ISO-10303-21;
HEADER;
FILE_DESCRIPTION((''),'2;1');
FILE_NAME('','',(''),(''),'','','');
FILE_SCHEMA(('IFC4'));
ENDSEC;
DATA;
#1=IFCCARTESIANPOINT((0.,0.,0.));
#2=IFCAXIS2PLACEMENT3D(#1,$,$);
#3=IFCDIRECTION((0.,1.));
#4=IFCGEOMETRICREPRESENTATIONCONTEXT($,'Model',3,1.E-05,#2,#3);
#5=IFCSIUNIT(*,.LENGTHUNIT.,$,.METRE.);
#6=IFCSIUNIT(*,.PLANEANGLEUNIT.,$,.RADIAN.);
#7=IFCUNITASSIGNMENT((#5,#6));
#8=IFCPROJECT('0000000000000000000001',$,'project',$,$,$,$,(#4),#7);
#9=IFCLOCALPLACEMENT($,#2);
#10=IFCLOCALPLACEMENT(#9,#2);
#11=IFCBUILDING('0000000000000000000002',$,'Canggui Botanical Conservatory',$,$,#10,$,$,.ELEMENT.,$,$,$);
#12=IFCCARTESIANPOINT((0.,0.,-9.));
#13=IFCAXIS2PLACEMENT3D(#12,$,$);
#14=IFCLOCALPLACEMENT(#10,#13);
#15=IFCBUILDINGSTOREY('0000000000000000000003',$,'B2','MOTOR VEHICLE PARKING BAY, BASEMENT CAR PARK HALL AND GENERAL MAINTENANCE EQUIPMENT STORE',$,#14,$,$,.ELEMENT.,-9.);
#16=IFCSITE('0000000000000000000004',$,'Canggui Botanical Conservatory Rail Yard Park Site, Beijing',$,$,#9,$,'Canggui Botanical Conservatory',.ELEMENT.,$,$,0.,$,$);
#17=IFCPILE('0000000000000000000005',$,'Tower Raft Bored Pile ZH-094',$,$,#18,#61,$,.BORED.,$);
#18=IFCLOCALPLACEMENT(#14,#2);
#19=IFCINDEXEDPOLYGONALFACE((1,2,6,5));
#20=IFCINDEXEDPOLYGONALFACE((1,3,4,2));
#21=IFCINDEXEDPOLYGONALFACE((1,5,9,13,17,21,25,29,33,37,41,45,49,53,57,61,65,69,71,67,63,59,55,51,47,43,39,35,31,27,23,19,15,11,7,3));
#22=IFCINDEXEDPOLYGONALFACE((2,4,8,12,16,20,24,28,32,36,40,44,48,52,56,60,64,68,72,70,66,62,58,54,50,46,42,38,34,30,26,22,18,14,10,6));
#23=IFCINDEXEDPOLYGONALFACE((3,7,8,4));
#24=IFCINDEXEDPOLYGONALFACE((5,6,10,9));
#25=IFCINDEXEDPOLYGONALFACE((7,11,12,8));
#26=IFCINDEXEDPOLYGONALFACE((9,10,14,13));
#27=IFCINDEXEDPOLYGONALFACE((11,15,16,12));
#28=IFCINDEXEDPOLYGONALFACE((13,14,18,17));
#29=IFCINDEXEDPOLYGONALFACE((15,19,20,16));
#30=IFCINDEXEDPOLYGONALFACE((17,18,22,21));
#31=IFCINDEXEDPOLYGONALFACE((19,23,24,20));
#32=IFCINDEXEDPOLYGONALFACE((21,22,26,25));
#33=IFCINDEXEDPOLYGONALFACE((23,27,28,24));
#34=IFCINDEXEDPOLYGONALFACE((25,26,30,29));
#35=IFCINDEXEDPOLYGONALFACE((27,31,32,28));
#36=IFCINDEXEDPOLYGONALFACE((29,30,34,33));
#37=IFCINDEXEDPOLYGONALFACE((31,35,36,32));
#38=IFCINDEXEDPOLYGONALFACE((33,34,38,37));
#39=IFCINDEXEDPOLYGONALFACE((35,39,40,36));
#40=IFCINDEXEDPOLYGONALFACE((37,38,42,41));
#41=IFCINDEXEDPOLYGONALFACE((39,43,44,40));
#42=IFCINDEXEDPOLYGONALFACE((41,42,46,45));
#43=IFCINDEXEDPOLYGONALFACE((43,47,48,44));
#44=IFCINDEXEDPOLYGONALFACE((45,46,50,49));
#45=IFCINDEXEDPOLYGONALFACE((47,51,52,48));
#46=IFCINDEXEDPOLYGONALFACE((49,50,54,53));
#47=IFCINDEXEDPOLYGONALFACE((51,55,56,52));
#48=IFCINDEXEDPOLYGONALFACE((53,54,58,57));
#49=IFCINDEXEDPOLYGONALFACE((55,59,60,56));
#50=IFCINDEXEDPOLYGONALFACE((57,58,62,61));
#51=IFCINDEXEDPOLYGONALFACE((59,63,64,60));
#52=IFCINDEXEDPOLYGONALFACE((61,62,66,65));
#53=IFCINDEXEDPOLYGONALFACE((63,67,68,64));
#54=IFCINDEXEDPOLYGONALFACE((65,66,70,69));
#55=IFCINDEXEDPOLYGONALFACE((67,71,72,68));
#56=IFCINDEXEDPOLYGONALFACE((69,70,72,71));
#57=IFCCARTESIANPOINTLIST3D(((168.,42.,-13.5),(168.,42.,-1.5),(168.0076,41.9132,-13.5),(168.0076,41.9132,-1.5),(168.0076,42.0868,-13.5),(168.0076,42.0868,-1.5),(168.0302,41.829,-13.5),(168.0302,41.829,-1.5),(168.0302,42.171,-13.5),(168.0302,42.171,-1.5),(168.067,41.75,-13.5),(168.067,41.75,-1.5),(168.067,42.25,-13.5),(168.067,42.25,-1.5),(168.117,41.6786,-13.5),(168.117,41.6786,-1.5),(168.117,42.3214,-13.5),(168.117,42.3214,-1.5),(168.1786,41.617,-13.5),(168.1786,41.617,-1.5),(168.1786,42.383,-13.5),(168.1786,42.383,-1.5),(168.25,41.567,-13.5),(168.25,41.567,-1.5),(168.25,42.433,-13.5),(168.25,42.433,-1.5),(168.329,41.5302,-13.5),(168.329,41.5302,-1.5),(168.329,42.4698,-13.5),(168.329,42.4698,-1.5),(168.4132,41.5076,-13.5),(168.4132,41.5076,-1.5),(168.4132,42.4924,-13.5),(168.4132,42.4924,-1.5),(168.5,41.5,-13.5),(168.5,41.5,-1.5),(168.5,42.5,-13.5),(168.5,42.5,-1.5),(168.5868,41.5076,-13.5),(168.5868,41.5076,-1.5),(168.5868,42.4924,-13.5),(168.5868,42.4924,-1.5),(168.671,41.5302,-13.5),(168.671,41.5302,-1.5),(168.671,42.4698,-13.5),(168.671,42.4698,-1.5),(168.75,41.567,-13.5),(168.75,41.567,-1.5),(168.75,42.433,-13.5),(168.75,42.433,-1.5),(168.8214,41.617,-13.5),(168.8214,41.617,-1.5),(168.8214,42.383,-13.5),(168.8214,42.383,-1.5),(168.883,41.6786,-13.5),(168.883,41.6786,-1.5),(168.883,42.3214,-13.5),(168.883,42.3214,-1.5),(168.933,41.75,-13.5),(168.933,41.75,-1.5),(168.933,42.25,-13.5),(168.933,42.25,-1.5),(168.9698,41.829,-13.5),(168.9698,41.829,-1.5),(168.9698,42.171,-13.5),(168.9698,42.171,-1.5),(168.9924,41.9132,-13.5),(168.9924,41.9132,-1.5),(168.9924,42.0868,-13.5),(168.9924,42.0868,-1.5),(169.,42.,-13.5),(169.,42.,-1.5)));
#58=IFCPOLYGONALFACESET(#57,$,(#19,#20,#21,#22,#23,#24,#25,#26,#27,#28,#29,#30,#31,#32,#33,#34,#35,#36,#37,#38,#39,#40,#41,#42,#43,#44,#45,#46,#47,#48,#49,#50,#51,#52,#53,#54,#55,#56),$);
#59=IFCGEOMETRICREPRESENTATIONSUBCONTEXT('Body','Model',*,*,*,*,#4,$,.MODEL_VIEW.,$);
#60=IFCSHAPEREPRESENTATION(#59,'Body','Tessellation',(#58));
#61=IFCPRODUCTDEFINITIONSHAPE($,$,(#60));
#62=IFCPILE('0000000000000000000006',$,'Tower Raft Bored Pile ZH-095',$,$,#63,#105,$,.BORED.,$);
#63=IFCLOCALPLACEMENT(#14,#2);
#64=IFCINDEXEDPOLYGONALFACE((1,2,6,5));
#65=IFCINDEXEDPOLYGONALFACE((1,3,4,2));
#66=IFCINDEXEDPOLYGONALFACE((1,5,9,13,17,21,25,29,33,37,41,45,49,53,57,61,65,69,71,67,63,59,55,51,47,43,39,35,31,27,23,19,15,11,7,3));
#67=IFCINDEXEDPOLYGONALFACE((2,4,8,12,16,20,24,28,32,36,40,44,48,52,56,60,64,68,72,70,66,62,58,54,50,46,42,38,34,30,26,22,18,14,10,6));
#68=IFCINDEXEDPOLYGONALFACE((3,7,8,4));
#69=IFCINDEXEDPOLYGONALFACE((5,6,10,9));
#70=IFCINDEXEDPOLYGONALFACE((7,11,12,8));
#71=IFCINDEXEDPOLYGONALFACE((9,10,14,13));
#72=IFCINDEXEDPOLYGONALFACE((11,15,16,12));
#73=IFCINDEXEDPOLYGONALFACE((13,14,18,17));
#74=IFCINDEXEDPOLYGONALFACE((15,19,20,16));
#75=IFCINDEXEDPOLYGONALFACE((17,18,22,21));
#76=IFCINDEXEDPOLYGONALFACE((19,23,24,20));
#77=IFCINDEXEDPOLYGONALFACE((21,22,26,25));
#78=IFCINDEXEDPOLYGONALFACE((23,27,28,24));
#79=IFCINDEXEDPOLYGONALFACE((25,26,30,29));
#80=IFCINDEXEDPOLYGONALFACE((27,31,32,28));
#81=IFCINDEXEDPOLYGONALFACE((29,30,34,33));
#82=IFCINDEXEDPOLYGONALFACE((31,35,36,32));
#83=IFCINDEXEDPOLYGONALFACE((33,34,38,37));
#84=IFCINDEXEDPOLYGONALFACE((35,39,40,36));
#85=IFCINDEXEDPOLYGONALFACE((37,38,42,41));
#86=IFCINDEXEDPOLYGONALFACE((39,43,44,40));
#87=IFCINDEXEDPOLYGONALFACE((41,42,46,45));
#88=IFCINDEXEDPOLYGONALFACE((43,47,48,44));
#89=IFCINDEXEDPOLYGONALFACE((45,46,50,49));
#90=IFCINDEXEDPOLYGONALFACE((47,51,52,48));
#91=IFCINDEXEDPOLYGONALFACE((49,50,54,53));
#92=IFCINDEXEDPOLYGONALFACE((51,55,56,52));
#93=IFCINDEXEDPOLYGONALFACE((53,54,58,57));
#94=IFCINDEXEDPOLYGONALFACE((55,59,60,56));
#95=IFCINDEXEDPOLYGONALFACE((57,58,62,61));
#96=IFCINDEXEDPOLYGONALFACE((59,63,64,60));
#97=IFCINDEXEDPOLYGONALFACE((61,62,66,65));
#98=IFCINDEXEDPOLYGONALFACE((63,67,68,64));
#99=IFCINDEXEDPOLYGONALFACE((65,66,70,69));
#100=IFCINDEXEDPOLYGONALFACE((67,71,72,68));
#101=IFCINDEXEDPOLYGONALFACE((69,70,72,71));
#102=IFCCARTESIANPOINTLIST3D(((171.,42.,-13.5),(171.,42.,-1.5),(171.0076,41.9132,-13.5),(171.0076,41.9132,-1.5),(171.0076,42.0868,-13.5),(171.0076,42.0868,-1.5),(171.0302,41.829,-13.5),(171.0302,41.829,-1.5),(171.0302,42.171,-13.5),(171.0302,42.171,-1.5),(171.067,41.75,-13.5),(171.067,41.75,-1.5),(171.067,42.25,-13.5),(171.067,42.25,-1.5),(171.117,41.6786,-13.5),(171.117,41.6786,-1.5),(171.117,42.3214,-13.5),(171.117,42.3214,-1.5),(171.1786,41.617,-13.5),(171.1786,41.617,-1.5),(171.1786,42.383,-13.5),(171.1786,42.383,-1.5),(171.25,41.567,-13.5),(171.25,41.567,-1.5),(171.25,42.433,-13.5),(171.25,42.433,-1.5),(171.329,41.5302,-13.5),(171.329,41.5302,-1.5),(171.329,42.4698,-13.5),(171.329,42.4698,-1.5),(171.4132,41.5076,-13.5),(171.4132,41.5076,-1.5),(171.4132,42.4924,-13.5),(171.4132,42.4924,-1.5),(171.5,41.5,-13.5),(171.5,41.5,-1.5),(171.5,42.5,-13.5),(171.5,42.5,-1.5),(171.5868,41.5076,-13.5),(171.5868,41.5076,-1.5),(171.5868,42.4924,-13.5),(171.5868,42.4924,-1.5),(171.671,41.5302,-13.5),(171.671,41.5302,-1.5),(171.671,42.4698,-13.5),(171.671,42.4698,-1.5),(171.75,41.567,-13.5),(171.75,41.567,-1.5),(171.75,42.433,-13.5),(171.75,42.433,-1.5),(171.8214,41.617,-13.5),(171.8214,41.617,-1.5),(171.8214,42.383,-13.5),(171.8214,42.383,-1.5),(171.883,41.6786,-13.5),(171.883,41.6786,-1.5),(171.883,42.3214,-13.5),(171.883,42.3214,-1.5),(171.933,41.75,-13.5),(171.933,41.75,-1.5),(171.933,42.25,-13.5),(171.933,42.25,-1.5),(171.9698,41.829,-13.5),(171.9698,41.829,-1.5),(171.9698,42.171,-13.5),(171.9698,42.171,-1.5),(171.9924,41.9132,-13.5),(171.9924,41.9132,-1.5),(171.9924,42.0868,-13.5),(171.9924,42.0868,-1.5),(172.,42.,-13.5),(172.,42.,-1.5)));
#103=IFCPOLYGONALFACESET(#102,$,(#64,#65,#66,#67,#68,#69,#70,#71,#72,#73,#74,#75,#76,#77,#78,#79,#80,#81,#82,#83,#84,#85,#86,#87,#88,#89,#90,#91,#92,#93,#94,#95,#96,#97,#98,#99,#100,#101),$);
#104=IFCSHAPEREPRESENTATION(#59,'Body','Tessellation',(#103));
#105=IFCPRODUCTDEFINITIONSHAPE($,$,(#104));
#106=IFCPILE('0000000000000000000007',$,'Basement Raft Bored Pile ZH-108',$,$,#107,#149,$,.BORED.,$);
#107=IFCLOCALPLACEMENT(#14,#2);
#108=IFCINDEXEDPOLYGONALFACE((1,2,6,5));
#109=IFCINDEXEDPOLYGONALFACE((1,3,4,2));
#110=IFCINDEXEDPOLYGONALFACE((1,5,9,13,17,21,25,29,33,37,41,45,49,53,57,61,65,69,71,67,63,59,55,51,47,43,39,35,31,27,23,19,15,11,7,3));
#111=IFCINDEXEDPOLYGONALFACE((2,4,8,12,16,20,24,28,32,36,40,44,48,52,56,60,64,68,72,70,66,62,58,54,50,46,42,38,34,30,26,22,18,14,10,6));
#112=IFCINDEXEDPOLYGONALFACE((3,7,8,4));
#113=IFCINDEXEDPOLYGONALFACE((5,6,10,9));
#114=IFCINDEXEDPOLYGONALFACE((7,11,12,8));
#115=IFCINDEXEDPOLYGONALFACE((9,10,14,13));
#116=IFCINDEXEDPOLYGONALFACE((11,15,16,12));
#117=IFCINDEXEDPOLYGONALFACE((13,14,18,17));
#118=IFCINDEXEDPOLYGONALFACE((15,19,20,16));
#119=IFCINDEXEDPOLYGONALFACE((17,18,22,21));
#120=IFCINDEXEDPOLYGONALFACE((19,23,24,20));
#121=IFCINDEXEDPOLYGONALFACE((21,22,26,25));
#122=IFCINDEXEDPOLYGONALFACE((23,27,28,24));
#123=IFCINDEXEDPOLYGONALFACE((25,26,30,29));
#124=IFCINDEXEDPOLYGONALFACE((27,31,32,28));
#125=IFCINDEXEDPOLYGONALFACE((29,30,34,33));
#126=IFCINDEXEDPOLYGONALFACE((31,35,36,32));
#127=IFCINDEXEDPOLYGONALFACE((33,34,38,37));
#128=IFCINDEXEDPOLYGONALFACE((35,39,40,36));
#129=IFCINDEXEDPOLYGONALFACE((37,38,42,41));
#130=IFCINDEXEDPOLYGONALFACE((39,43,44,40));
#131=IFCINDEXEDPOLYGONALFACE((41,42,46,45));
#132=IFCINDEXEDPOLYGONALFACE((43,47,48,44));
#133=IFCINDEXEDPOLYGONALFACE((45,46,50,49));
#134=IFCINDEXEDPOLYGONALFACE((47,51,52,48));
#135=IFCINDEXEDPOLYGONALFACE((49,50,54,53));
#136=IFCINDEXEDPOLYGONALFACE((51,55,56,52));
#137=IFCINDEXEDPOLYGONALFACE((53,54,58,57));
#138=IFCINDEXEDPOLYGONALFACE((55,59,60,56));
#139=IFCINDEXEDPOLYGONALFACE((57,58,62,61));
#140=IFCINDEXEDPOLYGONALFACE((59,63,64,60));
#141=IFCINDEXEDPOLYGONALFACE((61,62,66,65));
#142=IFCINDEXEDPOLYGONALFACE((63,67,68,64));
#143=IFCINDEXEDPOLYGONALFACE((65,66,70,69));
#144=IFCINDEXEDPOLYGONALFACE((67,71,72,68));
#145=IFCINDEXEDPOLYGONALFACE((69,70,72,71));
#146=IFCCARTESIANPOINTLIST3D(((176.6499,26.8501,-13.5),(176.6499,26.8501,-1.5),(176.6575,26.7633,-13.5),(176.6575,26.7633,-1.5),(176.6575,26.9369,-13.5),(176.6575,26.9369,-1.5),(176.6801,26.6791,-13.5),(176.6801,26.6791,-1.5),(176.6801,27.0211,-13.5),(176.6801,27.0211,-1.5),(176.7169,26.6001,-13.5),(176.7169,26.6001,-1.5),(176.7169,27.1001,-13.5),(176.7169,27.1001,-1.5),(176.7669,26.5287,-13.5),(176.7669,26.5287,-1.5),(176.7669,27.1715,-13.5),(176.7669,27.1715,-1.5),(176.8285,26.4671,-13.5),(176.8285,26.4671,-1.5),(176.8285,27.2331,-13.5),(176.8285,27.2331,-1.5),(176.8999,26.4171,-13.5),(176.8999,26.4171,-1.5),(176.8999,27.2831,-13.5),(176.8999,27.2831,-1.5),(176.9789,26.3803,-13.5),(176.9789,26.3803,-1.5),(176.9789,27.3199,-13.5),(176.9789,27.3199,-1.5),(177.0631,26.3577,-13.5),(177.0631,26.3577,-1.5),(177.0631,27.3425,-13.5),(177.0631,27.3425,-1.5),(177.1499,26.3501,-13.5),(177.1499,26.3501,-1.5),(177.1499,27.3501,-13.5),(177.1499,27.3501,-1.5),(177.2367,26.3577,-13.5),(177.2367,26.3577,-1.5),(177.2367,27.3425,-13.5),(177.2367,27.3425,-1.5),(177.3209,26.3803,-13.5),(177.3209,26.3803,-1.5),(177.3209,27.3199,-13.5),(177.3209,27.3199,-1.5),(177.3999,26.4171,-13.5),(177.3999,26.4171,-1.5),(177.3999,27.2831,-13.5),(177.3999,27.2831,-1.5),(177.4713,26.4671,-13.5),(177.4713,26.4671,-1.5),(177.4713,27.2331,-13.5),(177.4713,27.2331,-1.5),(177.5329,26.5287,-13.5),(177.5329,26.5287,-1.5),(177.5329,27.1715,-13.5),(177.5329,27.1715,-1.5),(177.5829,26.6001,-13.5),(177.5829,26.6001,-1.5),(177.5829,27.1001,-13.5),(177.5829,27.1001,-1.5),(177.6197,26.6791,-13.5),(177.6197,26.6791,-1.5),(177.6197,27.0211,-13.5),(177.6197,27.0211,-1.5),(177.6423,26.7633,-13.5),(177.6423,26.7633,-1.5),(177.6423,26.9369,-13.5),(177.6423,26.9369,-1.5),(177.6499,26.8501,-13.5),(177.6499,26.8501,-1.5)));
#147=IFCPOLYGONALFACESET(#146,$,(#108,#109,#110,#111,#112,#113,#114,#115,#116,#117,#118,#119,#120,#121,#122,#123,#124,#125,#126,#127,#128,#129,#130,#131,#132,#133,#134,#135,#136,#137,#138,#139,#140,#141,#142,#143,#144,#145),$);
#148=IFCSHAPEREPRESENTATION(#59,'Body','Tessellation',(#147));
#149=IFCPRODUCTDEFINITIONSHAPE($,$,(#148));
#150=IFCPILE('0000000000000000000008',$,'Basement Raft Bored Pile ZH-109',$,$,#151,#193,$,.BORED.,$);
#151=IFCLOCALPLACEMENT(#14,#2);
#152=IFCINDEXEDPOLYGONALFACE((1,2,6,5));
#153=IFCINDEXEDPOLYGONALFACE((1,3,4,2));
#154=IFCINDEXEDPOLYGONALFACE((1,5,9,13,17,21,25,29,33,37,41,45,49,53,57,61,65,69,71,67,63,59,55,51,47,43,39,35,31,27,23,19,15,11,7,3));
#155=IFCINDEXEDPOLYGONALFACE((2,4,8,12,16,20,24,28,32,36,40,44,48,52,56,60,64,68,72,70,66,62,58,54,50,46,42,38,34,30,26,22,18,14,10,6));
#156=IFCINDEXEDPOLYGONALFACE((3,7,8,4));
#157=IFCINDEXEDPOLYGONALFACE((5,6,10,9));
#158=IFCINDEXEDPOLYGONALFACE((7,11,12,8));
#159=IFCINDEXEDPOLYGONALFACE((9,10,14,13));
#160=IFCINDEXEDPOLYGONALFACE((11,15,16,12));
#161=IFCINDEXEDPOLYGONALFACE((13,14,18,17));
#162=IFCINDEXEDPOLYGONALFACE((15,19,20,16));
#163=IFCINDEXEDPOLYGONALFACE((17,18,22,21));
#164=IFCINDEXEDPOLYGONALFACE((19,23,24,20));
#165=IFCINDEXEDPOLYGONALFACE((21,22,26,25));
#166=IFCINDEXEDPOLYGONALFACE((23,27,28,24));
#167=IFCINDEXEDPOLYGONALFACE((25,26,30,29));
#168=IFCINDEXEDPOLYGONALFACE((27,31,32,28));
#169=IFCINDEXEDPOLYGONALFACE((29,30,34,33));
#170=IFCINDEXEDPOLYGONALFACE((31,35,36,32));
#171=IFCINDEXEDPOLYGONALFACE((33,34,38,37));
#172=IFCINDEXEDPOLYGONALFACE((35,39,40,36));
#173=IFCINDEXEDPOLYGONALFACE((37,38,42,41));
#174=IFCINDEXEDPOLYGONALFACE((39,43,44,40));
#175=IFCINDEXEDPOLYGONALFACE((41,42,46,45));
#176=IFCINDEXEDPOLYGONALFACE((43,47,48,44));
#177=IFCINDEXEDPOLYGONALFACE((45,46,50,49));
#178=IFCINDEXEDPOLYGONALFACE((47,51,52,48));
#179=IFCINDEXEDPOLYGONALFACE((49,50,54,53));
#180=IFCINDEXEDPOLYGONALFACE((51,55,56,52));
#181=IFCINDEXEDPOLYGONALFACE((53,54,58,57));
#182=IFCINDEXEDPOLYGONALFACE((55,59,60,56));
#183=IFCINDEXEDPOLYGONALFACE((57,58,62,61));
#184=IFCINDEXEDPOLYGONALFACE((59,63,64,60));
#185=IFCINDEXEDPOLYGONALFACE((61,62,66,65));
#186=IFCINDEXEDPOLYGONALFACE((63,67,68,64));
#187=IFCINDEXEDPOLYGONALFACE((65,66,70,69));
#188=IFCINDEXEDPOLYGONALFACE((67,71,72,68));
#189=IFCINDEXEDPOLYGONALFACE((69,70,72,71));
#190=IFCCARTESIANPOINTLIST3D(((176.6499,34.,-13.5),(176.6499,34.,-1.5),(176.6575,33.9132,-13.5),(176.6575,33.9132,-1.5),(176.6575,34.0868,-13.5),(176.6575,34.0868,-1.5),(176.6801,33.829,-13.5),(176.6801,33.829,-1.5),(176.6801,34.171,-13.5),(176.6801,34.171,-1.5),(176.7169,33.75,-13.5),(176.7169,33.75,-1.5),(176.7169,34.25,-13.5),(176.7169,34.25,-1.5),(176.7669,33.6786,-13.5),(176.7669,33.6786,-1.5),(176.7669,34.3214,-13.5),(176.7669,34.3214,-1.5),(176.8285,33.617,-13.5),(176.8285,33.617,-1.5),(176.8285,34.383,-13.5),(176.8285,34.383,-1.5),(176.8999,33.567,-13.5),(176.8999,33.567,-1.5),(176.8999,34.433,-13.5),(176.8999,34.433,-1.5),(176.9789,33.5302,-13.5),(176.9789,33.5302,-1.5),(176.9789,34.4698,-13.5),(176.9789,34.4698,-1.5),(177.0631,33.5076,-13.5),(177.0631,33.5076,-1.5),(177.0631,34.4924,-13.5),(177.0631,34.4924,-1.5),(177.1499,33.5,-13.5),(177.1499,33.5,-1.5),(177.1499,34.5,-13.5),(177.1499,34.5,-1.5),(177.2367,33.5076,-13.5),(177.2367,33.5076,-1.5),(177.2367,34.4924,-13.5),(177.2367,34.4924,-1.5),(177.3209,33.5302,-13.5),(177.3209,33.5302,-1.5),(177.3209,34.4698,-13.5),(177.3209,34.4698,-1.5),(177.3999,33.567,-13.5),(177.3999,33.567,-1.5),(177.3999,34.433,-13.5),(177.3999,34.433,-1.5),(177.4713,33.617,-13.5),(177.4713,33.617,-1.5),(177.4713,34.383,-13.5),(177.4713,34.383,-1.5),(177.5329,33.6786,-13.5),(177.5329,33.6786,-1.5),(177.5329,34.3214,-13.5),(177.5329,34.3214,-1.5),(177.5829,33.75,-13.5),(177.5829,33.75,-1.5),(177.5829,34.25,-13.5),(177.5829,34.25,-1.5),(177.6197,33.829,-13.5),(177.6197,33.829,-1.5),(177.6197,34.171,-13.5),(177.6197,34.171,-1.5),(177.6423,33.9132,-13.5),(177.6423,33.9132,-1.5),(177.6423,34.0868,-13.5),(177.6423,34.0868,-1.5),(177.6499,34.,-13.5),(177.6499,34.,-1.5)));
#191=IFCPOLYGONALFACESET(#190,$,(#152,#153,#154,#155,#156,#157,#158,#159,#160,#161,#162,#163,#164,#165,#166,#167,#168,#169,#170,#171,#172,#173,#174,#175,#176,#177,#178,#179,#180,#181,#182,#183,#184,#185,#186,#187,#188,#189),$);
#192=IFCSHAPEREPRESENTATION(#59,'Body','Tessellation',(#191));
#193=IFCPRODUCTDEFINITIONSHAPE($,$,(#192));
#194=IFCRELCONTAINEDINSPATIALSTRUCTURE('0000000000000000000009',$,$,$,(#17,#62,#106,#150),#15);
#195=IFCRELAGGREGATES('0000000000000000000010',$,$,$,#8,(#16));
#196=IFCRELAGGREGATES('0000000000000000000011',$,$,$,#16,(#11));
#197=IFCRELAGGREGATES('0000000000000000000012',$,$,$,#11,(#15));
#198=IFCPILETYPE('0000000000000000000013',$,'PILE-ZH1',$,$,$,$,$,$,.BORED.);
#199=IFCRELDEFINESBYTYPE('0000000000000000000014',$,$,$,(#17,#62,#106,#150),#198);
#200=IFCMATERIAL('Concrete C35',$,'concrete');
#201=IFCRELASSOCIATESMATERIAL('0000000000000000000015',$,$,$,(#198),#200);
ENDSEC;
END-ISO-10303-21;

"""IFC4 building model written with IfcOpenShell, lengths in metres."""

from ifc_helpers import new_model, si_unit, direction, frame, origin, origin_2d, place, context, subcontext, project, spatial, circle, extrude, material, material_profile, profile_set, type_object, element, save


model = new_model("IFC4")

# Units and contexts
model_context = context("Model", 3, precision=1e-05, world=origin(), true_north=direction((0.0, 1.0)))
body_context = subcontext(model_context, "Body", "Model", "MODEL_VIEW")
ifc_project = project(units=[si_unit("LENGTHUNIT", "METRE"), si_unit("PLANEANGLEUNIT", "RADIAN")], contexts=[model_context])

# Site, building, storey
site_placement = place(None, origin())
site = spatial("IfcSite", under=ifc_project, at=site_placement, Name="Canggui Botanical Conservatory Rail Yard Park Site, Beijing", LongName="Canggui Botanical Conservatory", CompositionType="ELEMENT", RefElevation=0.0)
building_placement = place(site_placement, origin())
building = spatial("IfcBuilding", under=site, at=building_placement, Name="Canggui Botanical Conservatory", CompositionType="ELEMENT")
storey_placement = place(building_placement, frame((0.0, 0.0, -9.0)))
storey = spatial("IfcBuildingStorey", under=building, at=storey_placement, Name="B2", Description="MOTOR VEHICLE PARKING BAY, BASEMENT CAR PARK HALL AND GENERAL MAINTENANCE EQUIPMENT STORE", CompositionType="ELEMENT", Elevation=-9.0)

# Piles
ifc_material_1 = material(Name="Concrete C35", Category="concrete")
ifc_material_profile_1 = material_profile(ifc_material_1, circle(Radius=0.5, at=origin_2d()), Name="PILE D1000")
ifc_profile_set_1 = profile_set([ifc_material_profile_1], Name="Concrete C35")
pile_type = type_object("IfcPileType", Name="PILE-ZH1", PredefinedType="BORED", material=ifc_profile_set_1)
for number, where, z_axis, x_axis, name in (
    (1, (168.5, 42.0, -1.5), (0.0, 0.0, -1.0), (1.0, 0.0, 0.0), "Tower Raft Bored Pile ZH-094"),
    (2, (171.5, 42.0, -1.5), (0.0, 0.0, -1.0), (1.0, 0.0, 0.0), "Tower Raft Bored Pile ZH-095"),
    (3, (177.1499, 26.8501, -1.5), (0.0, 0.0, -1.0), (1.0, 0.0, 0.0), "Basement Raft Bored Pile ZH-108"),
    (4, (177.1499, 34.0, -1.5), (0.0, 0.0, -1.0), (1.0, 0.0, 0.0), "Basement Raft Bored Pile ZH-109"),
):
    element("IfcPile", number, at=place(storey_placement, frame(where, z_axis=z_axis, x_axis=x_axis)), inside=storey, type_object=pile_type, Name=name, PredefinedType="BORED", context=body_context, shape_type="SweptSolid", body=[
        extrude(circle(Radius=0.5, at=origin_2d()), origin(), (0.0, 0.0, 1.0), 12.0),
    ])

save(model, "model.ifc")
